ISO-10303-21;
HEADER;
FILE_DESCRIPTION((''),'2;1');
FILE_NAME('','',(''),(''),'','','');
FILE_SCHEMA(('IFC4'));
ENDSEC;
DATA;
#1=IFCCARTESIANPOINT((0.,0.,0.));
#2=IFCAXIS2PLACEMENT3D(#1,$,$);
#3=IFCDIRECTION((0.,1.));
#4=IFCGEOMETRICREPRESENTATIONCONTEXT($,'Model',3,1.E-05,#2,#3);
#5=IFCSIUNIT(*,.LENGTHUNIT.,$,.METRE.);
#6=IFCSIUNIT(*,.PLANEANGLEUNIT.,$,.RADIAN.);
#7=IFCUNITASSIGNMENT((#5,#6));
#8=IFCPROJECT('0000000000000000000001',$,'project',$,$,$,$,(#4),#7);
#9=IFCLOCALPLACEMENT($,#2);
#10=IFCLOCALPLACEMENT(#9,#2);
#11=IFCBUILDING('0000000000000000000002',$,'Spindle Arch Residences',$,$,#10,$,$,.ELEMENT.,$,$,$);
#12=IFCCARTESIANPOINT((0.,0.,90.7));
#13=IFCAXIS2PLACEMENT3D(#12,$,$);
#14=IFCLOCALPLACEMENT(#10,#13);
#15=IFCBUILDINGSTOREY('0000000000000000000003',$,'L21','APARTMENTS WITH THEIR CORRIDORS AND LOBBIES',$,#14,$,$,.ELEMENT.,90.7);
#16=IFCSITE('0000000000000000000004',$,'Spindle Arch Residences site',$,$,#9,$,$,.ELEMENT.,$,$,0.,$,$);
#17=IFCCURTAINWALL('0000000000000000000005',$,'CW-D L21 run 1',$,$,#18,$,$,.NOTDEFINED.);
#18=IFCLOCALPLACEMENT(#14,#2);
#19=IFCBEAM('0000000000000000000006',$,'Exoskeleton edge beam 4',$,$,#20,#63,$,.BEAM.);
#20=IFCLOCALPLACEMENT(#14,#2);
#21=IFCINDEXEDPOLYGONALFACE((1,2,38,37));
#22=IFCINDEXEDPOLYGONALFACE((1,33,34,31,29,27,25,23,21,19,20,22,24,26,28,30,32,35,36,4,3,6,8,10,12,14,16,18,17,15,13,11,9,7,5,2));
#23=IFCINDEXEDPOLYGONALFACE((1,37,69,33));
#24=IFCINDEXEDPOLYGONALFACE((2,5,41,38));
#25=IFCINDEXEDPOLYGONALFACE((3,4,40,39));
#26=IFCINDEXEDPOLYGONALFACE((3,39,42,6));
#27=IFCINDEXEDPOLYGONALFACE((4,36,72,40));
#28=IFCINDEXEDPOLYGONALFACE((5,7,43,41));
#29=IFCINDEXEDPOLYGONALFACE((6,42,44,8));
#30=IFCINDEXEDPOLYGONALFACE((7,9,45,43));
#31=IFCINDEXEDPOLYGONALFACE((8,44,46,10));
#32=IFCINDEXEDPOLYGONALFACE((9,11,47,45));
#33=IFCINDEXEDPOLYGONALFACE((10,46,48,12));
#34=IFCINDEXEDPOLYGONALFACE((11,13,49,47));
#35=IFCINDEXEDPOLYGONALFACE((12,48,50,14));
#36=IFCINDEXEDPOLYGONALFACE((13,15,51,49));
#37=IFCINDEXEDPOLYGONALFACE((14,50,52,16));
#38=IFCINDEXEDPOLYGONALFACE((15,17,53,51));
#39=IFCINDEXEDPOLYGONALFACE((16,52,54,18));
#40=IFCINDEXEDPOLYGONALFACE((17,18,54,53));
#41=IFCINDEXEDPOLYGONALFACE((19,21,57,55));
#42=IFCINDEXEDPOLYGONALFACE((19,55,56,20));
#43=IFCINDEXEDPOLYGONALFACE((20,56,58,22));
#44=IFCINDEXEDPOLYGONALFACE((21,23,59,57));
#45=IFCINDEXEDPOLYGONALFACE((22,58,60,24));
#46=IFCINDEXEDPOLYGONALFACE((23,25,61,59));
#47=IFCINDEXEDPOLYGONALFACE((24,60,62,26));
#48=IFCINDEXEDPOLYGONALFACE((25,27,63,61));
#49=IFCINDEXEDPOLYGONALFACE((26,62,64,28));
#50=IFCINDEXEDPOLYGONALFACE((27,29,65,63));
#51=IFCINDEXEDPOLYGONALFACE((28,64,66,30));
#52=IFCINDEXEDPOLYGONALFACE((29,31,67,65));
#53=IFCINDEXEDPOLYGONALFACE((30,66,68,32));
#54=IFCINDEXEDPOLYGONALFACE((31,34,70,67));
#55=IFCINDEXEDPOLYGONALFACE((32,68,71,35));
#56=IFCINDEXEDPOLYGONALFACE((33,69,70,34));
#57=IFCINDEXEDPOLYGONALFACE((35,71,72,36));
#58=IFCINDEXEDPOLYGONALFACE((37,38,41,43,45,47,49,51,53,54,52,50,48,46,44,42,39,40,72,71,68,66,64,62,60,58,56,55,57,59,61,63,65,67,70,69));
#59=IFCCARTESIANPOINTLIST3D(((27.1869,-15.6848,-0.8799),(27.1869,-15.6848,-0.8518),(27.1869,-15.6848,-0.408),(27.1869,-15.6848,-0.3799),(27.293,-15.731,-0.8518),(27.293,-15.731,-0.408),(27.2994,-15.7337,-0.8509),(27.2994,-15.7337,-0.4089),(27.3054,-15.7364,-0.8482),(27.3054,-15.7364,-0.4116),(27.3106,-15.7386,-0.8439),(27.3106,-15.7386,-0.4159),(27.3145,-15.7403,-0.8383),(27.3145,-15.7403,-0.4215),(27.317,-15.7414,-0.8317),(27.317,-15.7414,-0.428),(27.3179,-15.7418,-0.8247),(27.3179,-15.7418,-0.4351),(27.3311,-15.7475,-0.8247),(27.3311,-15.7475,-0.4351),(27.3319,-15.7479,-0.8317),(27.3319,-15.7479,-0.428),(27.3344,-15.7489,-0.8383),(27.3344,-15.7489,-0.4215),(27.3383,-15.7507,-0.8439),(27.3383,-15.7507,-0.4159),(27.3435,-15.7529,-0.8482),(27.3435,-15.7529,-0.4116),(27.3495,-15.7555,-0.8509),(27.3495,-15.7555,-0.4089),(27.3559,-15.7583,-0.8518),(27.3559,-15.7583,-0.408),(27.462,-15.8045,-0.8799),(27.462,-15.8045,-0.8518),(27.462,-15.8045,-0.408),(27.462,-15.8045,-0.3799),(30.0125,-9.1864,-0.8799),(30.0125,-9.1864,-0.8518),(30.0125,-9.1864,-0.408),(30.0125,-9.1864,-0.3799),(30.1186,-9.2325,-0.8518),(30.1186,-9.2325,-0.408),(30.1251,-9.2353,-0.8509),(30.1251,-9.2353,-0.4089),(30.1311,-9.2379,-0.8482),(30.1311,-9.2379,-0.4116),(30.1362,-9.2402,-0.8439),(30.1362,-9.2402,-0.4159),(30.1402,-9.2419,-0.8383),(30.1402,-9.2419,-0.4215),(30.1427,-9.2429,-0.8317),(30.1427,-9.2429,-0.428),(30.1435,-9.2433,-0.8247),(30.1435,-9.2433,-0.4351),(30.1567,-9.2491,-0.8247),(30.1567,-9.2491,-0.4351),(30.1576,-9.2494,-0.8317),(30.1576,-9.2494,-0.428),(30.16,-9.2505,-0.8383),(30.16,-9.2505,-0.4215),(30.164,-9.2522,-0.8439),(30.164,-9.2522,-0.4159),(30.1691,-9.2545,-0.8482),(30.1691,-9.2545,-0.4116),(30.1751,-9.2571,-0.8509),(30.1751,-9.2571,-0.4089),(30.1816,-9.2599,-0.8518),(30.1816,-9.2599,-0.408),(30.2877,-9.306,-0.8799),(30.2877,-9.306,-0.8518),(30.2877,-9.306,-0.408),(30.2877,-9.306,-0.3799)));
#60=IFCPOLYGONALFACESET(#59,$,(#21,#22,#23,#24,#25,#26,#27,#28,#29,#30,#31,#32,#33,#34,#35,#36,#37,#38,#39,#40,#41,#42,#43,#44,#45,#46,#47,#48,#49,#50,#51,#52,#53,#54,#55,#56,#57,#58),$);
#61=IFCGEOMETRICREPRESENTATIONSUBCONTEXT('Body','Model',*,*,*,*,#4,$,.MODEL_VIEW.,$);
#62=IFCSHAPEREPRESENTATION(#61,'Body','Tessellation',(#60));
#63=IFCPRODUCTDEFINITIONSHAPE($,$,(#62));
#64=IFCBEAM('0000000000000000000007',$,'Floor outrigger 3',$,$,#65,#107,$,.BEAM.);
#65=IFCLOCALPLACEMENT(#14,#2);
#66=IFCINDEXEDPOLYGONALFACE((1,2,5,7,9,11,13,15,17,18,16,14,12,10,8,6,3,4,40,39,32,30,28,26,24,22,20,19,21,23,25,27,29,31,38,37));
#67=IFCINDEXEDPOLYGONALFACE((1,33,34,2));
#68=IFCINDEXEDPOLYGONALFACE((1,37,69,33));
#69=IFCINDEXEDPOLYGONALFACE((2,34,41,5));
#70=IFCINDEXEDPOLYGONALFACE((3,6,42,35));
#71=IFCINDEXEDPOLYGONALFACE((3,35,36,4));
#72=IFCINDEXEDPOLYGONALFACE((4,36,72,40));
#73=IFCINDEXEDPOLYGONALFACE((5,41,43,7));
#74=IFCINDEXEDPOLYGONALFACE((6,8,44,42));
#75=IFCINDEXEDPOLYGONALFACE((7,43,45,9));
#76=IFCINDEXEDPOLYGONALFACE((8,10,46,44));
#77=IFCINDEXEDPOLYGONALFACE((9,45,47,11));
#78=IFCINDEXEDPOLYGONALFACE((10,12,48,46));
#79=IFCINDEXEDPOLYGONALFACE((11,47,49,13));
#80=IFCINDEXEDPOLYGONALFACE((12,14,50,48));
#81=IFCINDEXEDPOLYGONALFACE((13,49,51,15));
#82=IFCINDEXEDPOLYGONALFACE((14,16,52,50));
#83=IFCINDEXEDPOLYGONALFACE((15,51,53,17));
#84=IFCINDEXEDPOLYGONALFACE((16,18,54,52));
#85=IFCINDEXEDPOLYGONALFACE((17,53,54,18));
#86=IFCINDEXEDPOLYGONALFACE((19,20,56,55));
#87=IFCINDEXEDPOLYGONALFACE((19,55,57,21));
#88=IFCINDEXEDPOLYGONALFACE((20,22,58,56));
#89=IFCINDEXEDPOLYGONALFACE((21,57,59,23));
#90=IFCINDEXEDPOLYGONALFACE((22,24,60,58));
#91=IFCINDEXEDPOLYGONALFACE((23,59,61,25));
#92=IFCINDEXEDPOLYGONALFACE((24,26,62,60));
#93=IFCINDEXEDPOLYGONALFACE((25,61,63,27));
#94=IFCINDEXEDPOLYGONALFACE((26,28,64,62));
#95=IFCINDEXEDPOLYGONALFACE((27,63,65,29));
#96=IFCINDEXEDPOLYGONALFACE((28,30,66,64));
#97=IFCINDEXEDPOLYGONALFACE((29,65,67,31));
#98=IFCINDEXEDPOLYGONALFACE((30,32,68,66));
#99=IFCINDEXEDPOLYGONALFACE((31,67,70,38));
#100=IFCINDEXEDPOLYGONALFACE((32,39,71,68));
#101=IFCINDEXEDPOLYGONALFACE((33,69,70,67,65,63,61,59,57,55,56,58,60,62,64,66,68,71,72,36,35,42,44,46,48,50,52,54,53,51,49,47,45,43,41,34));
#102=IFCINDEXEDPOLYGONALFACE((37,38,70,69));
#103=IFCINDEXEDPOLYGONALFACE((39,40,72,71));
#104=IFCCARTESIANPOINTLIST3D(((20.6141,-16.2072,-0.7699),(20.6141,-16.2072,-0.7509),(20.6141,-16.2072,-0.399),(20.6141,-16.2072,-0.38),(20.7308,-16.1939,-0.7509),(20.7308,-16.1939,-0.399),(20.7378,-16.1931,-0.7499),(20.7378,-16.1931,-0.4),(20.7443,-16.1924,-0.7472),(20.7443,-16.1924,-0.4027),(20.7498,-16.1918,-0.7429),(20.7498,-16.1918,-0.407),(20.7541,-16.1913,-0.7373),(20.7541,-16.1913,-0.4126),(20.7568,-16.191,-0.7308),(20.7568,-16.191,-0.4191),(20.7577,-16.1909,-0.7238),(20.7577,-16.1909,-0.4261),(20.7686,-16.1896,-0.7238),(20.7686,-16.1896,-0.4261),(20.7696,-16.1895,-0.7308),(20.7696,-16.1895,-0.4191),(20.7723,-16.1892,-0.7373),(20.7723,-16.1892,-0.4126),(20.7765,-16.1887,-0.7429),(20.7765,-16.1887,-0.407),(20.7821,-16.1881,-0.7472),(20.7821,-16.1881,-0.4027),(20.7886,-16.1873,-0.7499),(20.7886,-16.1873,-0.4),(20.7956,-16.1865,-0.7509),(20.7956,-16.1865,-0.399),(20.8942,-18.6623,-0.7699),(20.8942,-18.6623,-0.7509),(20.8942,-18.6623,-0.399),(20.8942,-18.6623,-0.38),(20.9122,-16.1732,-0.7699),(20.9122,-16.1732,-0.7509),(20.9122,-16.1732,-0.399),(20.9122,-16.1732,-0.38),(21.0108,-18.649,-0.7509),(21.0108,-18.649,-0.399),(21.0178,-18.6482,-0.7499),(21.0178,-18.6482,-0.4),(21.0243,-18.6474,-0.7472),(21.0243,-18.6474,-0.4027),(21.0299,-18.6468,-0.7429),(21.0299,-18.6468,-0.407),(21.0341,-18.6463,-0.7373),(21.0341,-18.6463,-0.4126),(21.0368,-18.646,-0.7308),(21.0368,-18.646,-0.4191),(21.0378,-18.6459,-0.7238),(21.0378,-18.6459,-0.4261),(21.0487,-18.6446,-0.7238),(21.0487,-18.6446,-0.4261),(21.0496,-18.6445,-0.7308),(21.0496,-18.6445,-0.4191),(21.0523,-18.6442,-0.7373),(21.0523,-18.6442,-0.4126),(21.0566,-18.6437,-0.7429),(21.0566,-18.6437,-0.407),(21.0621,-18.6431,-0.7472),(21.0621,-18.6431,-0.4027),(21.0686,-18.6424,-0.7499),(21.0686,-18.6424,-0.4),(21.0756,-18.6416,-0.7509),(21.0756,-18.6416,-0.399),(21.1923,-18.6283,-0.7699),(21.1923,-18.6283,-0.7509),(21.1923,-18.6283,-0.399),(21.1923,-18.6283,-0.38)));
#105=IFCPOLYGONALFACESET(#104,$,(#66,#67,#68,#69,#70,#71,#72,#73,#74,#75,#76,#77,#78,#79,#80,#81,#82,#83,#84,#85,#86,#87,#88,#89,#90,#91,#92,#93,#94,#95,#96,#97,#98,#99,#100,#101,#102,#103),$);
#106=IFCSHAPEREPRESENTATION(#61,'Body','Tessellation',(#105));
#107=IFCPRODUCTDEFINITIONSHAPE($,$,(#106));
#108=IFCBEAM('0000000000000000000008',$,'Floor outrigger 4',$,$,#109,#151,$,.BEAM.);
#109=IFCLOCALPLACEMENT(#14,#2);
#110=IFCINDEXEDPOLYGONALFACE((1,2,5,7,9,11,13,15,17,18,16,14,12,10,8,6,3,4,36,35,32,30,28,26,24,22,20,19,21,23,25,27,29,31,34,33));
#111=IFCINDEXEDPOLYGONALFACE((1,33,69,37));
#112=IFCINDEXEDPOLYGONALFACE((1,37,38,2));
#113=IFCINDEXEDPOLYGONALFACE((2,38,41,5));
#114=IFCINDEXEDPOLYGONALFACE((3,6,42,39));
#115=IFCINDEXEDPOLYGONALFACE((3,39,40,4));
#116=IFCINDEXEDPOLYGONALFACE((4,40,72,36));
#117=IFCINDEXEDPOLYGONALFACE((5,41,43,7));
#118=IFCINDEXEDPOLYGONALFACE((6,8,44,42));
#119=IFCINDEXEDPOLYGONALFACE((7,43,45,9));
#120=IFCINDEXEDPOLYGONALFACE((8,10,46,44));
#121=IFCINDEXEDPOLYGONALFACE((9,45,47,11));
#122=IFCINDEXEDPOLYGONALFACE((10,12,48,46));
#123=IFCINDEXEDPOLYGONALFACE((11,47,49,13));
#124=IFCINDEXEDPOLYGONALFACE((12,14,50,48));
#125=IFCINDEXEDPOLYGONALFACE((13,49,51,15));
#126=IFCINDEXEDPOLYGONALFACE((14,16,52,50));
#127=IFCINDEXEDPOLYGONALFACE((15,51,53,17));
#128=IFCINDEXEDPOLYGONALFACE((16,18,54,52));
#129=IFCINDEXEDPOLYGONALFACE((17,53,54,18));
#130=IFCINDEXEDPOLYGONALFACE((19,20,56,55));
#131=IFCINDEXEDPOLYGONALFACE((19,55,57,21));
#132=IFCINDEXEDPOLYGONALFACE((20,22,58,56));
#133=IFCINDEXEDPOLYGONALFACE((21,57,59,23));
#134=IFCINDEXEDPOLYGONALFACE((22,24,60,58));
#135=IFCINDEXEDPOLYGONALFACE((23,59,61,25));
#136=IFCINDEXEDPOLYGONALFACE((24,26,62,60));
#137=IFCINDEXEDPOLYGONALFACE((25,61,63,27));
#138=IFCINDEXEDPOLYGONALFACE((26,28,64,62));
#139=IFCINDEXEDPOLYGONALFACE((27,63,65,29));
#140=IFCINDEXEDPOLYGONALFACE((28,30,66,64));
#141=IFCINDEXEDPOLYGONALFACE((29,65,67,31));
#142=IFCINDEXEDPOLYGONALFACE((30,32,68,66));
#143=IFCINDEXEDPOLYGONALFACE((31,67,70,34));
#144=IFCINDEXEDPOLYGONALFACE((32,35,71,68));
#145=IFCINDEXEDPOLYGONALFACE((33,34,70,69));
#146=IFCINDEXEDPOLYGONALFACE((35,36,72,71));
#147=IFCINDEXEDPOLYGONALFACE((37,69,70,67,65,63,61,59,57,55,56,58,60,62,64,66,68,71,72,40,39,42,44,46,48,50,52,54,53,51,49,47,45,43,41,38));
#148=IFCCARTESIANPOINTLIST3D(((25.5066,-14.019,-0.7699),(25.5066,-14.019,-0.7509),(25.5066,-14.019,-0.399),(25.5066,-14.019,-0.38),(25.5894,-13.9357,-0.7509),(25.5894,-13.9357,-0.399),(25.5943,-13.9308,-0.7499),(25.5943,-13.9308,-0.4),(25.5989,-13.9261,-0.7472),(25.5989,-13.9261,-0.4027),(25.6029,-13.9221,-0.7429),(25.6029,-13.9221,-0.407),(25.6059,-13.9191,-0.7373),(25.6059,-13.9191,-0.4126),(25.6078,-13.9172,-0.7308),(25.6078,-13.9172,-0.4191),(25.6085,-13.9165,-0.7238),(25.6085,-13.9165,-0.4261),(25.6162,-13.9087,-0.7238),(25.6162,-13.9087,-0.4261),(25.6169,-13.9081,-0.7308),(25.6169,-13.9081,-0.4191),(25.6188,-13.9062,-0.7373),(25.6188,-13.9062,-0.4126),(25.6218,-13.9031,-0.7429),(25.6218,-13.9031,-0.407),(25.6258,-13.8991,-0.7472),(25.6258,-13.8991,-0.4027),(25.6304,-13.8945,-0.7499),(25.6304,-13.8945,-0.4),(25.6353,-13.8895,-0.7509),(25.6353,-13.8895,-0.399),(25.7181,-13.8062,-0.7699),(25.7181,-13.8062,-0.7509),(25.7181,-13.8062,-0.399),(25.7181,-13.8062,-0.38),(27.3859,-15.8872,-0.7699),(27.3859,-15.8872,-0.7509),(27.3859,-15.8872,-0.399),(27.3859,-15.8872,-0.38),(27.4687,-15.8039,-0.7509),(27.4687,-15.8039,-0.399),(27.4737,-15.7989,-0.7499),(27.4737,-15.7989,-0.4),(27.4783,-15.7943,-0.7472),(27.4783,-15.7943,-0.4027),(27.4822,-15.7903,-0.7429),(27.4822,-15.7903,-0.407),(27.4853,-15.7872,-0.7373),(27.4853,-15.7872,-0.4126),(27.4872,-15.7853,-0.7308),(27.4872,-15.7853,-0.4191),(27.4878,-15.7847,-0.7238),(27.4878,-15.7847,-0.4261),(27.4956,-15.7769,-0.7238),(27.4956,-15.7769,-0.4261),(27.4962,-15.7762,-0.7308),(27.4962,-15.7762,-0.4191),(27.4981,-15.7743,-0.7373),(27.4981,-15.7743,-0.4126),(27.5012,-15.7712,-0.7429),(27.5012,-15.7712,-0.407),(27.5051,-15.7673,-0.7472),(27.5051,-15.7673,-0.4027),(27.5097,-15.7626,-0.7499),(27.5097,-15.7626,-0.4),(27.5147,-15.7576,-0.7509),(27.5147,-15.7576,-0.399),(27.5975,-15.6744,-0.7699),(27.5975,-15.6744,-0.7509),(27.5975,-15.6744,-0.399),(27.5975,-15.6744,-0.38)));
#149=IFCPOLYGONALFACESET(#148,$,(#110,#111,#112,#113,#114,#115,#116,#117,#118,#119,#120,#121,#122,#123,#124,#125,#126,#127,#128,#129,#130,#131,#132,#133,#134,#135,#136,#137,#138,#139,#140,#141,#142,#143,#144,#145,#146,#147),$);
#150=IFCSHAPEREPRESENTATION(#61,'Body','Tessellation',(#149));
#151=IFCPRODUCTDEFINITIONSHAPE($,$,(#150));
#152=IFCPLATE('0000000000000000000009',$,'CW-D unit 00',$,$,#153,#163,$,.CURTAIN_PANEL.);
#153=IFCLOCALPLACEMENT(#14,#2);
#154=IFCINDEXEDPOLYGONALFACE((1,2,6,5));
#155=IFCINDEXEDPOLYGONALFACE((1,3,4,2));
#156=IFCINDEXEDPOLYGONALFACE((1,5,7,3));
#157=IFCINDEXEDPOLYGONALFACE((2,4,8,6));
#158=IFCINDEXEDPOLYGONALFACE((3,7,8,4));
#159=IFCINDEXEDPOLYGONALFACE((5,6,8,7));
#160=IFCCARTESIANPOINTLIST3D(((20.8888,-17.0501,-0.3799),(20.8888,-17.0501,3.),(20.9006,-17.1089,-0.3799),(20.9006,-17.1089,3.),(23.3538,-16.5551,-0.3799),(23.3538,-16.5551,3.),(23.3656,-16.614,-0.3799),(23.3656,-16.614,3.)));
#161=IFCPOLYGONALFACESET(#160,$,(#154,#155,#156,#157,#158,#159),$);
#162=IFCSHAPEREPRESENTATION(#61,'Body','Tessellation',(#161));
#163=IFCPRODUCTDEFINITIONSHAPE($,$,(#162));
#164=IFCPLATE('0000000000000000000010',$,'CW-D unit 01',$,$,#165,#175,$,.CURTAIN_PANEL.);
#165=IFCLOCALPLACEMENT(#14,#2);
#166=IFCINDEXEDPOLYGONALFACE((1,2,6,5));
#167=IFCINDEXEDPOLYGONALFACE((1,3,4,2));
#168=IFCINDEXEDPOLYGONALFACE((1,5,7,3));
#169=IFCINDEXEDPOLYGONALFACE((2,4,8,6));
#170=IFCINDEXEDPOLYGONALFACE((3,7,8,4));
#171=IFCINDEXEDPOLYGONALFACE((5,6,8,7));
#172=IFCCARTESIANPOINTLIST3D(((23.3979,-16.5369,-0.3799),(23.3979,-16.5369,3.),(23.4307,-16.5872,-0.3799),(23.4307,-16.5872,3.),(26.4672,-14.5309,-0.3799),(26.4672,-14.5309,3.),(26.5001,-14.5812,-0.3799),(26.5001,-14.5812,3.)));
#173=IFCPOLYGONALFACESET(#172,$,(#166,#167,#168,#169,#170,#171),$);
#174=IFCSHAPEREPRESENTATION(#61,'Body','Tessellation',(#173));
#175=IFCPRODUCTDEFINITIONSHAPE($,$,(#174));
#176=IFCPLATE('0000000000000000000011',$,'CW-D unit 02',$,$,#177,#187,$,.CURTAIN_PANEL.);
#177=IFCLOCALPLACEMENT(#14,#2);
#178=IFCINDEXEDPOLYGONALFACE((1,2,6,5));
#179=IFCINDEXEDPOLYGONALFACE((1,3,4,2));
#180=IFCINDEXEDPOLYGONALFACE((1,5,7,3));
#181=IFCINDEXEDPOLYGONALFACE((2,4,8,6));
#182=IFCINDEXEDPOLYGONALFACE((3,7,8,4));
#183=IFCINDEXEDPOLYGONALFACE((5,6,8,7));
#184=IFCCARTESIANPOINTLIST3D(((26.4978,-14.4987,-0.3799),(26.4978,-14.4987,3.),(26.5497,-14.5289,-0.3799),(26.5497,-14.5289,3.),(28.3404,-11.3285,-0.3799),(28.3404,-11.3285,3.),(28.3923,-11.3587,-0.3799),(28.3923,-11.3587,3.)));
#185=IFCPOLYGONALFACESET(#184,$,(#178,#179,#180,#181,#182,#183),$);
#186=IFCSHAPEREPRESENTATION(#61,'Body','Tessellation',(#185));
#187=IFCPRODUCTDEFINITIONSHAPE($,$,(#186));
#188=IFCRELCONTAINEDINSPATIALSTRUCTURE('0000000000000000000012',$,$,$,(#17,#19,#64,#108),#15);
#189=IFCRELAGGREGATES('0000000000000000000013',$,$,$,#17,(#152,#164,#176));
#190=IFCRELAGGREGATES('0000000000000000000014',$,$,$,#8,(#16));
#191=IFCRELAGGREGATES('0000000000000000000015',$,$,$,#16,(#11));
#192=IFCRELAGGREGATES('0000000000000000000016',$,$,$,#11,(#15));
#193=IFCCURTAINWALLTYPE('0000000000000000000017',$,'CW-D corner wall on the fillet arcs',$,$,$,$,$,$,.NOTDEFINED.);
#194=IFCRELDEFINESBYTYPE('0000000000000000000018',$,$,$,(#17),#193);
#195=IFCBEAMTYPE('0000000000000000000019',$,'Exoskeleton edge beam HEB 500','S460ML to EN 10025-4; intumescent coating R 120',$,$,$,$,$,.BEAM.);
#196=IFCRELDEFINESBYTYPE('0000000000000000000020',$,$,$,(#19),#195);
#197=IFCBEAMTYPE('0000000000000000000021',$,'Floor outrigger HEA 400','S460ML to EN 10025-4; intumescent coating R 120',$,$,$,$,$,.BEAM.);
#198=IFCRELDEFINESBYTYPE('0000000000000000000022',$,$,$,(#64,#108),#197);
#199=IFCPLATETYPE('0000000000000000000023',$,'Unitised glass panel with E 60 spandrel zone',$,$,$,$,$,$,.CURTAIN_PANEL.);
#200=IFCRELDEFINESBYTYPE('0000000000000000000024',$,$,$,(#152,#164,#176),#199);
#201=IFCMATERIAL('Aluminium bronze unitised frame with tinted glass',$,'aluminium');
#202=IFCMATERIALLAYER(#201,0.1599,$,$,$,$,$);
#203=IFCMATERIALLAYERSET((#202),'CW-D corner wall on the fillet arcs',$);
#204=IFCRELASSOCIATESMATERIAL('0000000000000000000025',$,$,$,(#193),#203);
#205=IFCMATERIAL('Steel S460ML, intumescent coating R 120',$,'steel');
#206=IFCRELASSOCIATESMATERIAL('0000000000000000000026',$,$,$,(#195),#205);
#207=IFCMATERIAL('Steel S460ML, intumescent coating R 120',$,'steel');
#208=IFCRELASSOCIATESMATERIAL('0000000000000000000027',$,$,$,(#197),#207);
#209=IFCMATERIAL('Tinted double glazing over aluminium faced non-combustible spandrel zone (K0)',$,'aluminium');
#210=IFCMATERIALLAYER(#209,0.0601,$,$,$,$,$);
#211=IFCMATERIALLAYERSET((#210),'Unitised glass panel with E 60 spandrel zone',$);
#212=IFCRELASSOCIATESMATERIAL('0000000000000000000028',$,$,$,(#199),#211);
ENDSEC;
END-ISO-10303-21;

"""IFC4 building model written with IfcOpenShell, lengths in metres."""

from ifc_helpers import new_model, si_unit, direction, frame, origin, origin_2d, place, context, subcontext, project, spatial, rectangle, i_section, extrude, material, layer, layer_set, material_profile, profile_set, type_object, element, aggregate, save


model = new_model("IFC4")

# Units and contexts
model_context = context("Model", 3, precision=1e-05, world=origin(), true_north=direction((0.0, 1.0)))
body_context = subcontext(model_context, "Body", "Model", "MODEL_VIEW")
ifc_project = project(units=[si_unit("LENGTHUNIT", "METRE"), si_unit("PLANEANGLEUNIT", "RADIAN")], contexts=[model_context])

# Site, building, storey
site_placement = place(None, origin())
site = spatial("IfcSite", under=ifc_project, at=site_placement, Name="Spindle Arch Residences site", CompositionType="ELEMENT", RefElevation=0.0)
building_placement = place(site_placement, origin())
building = spatial("IfcBuilding", under=site, at=building_placement, Name="Spindle Arch Residences", CompositionType="ELEMENT")
storey_placement = place(building_placement, frame((0.0, 0.0, 90.7)))
storey = spatial("IfcBuildingStorey", under=building, at=storey_placement, Name="L21", Description="APARTMENTS WITH THEIR CORRIDORS AND LOBBIES", CompositionType="ELEMENT", Elevation=90.7)

# Curtain wall
ifc_material_1 = material(Name="Aluminium bronze unitised frame with tinted glass", Category="aluminium")
ifc_layer_1 = layer(ifc_material_1, 0.1599)
ifc_layer_set_1 = layer_set([ifc_layer_1], Name="CW-D corner wall on the fillet arcs")
curtain_wall_type_1 = type_object("IfcCurtainWallType", Name="CW-D corner wall on the fillet arcs", PredefinedType="NOTDEFINED", material=ifc_layer_set_1)
curtain_wall_1_placement = place(storey_placement, origin())
curtain_wall_1 = element("IfcCurtainWall", 1, at=curtain_wall_1_placement, inside=storey, type_object=curtain_wall_type_1, Name="CW-D L21 run 1", PredefinedType="NOTDEFINED")

# Beams
ifc_material_2 = material(Name="Steel S460ML, intumescent coating R 120", Category="steel")
ifc_material_profile_1 = material_profile(ifc_material_2, i_section(OverallWidth=0.3, OverallDepth=0.5, WebThickness=0.0144, FlangeThickness=0.0281, FilletRadius=0.0271, at=origin_2d()), Name="HEB 500")
ifc_profile_set_1 = profile_set([ifc_material_profile_1], Name="Steel S460ML, intumescent coating R 120")
beam_type_1 = type_object("IfcBeamType", Name="Exoskeleton edge beam HEB 500", Description="S460ML to EN 10025-4; intumescent coating R 120", PredefinedType="BEAM", material=ifc_profile_set_1)
beam_1_placement = place(storey_placement, frame((27.3245, -15.7446, -0.6299), z_axis=(0.398754, 0.917058, 0.0), x_axis=(-0.917058, 0.398754, 0.0)))
element("IfcBeam", 2, at=beam_1_placement, inside=storey, type_object=beam_type_1, Name="Exoskeleton edge beam 4", PredefinedType="BEAM", context=body_context, shape_type="SweptSolid", body=[
    extrude(i_section(OverallWidth=0.3, OverallDepth=0.5, WebThickness=0.0144, FlangeThickness=0.0281, FilletRadius=0.0271, at=origin_2d()), origin(), (0.0, 0.0, 1.0), 7.0862),
])
ifc_material_3 = material(Name="Steel S460ML, intumescent coating R 120", Category="steel")
ifc_material_profile_2 = material_profile(ifc_material_3, i_section(OverallWidth=0.3, OverallDepth=0.3899, WebThickness=0.011, FlangeThickness=0.019, FilletRadius=0.0271, at=origin_2d()), Name="HEA 400")
ifc_profile_set_2 = profile_set([ifc_material_profile_2], Name="Steel S460ML, intumescent coating R 120")
beam_type_2 = type_object("IfcBeamType", Name="Floor outrigger HEA 400", Description="S460ML to EN 10025-4; intumescent coating R 120", PredefinedType="BEAM", material=ifc_profile_set_2)
beam_2_placement = place(storey_placement, frame((21.0432, -18.6453, -0.575), z_axis=(-0.113326, 0.993558, 0.0), x_axis=(-0.993558, -0.113326, 0.0)))
element("IfcBeam", 3, at=beam_2_placement, inside=storey, type_object=beam_type_2, Name="Floor outrigger 3", PredefinedType="BEAM", context=body_context, shape_type="SweptSolid", body=[
    extrude(i_section(OverallWidth=0.3, OverallDepth=0.3899, WebThickness=0.011, FlangeThickness=0.019, FilletRadius=0.0271, at=origin_2d()), origin(), (0.0, 0.0, 1.0), 2.4709),
])
beam_3_placement = place(storey_placement, frame((27.4917, -15.7808, -0.575), z_axis=(-0.709223, 0.704985, 0.0), x_axis=(-0.704985, -0.709223, 0.0)))
element("IfcBeam", 4, at=beam_3_placement, inside=storey, type_object=beam_type_2, Name="Floor outrigger 4", PredefinedType="BEAM", context=body_context, shape_type="SweptSolid", body=[
    extrude(i_section(OverallWidth=0.3, OverallDepth=0.3899, WebThickness=0.011, FlangeThickness=0.019, FilletRadius=0.0271, at=origin_2d()), origin(), (0.0, 0.0, 1.0), 2.6499),
])

# Plates
ifc_material_4 = material(Name="Tinted double glazing over aluminium faced non-combustible spandrel zone (K0)", Category="aluminium")
ifc_layer_2 = layer(ifc_material_4, 0.0601)
ifc_layer_set_2 = layer_set([ifc_layer_2], Name="Unitised glass panel with E 60 spandrel zone")
plate_type = type_object("IfcPlateType", Name="Unitised glass panel with E 60 spandrel zone", PredefinedType="CURTAIN_PANEL", material=ifc_layer_set_2)
plate_1_placement = place(storey_placement, frame((22.1272, -16.832, -0.3799), z_axis=(0.0, 0.0, 1.0), x_axis=(0.980431, 0.196863, 0.0)))
plate_1 = element("IfcPlate", 5, at=plate_1_placement, type_object=plate_type, Name="CW-D unit 00", PredefinedType="CURTAIN_PANEL", context=body_context, shape_type="SweptSolid", body=[
    extrude(rectangle(XDim=2.5142, YDim=0.0601, at=origin_2d()), origin(), (0.0, 0.0, 1.0), 3.3799),
])
plate_2_placement = place(storey_placement, frame((24.949, -15.5591, -0.3799), z_axis=(0.0, 0.0, 1.0), x_axis=(0.837083, 0.547076, 0.0)))
plate_2 = element("IfcPlate", 6, at=plate_2_placement, type_object=plate_type, Name="CW-D unit 01", PredefinedType="CURTAIN_PANEL", context=body_context, shape_type="SweptSolid", body=[
    extrude(rectangle(XDim=3.6667, YDim=0.0601, at=origin_2d()), origin(), (0.0, 0.0, 1.0), 3.3799),
])
plate_3_placement = place(storey_placement, frame((27.4451, -12.9287, -0.3799), z_axis=(0.0, 0.0, 1.0), x_axis=(0.502517, 0.864567, 0.0)))
plate_3 = element("IfcPlate", 7, at=plate_3_placement, type_object=plate_type, Name="CW-D unit 02", PredefinedType="CURTAIN_PANEL", context=body_context, shape_type="SweptSolid", body=[
    extrude(rectangle(XDim=3.6667, YDim=0.0601, at=origin_2d()), origin(), (0.0, 0.0, 1.0), 3.3799),
])
aggregate(curtain_wall_1, [plate_1, plate_2, plate_3])

save(model, "model.ifc")
